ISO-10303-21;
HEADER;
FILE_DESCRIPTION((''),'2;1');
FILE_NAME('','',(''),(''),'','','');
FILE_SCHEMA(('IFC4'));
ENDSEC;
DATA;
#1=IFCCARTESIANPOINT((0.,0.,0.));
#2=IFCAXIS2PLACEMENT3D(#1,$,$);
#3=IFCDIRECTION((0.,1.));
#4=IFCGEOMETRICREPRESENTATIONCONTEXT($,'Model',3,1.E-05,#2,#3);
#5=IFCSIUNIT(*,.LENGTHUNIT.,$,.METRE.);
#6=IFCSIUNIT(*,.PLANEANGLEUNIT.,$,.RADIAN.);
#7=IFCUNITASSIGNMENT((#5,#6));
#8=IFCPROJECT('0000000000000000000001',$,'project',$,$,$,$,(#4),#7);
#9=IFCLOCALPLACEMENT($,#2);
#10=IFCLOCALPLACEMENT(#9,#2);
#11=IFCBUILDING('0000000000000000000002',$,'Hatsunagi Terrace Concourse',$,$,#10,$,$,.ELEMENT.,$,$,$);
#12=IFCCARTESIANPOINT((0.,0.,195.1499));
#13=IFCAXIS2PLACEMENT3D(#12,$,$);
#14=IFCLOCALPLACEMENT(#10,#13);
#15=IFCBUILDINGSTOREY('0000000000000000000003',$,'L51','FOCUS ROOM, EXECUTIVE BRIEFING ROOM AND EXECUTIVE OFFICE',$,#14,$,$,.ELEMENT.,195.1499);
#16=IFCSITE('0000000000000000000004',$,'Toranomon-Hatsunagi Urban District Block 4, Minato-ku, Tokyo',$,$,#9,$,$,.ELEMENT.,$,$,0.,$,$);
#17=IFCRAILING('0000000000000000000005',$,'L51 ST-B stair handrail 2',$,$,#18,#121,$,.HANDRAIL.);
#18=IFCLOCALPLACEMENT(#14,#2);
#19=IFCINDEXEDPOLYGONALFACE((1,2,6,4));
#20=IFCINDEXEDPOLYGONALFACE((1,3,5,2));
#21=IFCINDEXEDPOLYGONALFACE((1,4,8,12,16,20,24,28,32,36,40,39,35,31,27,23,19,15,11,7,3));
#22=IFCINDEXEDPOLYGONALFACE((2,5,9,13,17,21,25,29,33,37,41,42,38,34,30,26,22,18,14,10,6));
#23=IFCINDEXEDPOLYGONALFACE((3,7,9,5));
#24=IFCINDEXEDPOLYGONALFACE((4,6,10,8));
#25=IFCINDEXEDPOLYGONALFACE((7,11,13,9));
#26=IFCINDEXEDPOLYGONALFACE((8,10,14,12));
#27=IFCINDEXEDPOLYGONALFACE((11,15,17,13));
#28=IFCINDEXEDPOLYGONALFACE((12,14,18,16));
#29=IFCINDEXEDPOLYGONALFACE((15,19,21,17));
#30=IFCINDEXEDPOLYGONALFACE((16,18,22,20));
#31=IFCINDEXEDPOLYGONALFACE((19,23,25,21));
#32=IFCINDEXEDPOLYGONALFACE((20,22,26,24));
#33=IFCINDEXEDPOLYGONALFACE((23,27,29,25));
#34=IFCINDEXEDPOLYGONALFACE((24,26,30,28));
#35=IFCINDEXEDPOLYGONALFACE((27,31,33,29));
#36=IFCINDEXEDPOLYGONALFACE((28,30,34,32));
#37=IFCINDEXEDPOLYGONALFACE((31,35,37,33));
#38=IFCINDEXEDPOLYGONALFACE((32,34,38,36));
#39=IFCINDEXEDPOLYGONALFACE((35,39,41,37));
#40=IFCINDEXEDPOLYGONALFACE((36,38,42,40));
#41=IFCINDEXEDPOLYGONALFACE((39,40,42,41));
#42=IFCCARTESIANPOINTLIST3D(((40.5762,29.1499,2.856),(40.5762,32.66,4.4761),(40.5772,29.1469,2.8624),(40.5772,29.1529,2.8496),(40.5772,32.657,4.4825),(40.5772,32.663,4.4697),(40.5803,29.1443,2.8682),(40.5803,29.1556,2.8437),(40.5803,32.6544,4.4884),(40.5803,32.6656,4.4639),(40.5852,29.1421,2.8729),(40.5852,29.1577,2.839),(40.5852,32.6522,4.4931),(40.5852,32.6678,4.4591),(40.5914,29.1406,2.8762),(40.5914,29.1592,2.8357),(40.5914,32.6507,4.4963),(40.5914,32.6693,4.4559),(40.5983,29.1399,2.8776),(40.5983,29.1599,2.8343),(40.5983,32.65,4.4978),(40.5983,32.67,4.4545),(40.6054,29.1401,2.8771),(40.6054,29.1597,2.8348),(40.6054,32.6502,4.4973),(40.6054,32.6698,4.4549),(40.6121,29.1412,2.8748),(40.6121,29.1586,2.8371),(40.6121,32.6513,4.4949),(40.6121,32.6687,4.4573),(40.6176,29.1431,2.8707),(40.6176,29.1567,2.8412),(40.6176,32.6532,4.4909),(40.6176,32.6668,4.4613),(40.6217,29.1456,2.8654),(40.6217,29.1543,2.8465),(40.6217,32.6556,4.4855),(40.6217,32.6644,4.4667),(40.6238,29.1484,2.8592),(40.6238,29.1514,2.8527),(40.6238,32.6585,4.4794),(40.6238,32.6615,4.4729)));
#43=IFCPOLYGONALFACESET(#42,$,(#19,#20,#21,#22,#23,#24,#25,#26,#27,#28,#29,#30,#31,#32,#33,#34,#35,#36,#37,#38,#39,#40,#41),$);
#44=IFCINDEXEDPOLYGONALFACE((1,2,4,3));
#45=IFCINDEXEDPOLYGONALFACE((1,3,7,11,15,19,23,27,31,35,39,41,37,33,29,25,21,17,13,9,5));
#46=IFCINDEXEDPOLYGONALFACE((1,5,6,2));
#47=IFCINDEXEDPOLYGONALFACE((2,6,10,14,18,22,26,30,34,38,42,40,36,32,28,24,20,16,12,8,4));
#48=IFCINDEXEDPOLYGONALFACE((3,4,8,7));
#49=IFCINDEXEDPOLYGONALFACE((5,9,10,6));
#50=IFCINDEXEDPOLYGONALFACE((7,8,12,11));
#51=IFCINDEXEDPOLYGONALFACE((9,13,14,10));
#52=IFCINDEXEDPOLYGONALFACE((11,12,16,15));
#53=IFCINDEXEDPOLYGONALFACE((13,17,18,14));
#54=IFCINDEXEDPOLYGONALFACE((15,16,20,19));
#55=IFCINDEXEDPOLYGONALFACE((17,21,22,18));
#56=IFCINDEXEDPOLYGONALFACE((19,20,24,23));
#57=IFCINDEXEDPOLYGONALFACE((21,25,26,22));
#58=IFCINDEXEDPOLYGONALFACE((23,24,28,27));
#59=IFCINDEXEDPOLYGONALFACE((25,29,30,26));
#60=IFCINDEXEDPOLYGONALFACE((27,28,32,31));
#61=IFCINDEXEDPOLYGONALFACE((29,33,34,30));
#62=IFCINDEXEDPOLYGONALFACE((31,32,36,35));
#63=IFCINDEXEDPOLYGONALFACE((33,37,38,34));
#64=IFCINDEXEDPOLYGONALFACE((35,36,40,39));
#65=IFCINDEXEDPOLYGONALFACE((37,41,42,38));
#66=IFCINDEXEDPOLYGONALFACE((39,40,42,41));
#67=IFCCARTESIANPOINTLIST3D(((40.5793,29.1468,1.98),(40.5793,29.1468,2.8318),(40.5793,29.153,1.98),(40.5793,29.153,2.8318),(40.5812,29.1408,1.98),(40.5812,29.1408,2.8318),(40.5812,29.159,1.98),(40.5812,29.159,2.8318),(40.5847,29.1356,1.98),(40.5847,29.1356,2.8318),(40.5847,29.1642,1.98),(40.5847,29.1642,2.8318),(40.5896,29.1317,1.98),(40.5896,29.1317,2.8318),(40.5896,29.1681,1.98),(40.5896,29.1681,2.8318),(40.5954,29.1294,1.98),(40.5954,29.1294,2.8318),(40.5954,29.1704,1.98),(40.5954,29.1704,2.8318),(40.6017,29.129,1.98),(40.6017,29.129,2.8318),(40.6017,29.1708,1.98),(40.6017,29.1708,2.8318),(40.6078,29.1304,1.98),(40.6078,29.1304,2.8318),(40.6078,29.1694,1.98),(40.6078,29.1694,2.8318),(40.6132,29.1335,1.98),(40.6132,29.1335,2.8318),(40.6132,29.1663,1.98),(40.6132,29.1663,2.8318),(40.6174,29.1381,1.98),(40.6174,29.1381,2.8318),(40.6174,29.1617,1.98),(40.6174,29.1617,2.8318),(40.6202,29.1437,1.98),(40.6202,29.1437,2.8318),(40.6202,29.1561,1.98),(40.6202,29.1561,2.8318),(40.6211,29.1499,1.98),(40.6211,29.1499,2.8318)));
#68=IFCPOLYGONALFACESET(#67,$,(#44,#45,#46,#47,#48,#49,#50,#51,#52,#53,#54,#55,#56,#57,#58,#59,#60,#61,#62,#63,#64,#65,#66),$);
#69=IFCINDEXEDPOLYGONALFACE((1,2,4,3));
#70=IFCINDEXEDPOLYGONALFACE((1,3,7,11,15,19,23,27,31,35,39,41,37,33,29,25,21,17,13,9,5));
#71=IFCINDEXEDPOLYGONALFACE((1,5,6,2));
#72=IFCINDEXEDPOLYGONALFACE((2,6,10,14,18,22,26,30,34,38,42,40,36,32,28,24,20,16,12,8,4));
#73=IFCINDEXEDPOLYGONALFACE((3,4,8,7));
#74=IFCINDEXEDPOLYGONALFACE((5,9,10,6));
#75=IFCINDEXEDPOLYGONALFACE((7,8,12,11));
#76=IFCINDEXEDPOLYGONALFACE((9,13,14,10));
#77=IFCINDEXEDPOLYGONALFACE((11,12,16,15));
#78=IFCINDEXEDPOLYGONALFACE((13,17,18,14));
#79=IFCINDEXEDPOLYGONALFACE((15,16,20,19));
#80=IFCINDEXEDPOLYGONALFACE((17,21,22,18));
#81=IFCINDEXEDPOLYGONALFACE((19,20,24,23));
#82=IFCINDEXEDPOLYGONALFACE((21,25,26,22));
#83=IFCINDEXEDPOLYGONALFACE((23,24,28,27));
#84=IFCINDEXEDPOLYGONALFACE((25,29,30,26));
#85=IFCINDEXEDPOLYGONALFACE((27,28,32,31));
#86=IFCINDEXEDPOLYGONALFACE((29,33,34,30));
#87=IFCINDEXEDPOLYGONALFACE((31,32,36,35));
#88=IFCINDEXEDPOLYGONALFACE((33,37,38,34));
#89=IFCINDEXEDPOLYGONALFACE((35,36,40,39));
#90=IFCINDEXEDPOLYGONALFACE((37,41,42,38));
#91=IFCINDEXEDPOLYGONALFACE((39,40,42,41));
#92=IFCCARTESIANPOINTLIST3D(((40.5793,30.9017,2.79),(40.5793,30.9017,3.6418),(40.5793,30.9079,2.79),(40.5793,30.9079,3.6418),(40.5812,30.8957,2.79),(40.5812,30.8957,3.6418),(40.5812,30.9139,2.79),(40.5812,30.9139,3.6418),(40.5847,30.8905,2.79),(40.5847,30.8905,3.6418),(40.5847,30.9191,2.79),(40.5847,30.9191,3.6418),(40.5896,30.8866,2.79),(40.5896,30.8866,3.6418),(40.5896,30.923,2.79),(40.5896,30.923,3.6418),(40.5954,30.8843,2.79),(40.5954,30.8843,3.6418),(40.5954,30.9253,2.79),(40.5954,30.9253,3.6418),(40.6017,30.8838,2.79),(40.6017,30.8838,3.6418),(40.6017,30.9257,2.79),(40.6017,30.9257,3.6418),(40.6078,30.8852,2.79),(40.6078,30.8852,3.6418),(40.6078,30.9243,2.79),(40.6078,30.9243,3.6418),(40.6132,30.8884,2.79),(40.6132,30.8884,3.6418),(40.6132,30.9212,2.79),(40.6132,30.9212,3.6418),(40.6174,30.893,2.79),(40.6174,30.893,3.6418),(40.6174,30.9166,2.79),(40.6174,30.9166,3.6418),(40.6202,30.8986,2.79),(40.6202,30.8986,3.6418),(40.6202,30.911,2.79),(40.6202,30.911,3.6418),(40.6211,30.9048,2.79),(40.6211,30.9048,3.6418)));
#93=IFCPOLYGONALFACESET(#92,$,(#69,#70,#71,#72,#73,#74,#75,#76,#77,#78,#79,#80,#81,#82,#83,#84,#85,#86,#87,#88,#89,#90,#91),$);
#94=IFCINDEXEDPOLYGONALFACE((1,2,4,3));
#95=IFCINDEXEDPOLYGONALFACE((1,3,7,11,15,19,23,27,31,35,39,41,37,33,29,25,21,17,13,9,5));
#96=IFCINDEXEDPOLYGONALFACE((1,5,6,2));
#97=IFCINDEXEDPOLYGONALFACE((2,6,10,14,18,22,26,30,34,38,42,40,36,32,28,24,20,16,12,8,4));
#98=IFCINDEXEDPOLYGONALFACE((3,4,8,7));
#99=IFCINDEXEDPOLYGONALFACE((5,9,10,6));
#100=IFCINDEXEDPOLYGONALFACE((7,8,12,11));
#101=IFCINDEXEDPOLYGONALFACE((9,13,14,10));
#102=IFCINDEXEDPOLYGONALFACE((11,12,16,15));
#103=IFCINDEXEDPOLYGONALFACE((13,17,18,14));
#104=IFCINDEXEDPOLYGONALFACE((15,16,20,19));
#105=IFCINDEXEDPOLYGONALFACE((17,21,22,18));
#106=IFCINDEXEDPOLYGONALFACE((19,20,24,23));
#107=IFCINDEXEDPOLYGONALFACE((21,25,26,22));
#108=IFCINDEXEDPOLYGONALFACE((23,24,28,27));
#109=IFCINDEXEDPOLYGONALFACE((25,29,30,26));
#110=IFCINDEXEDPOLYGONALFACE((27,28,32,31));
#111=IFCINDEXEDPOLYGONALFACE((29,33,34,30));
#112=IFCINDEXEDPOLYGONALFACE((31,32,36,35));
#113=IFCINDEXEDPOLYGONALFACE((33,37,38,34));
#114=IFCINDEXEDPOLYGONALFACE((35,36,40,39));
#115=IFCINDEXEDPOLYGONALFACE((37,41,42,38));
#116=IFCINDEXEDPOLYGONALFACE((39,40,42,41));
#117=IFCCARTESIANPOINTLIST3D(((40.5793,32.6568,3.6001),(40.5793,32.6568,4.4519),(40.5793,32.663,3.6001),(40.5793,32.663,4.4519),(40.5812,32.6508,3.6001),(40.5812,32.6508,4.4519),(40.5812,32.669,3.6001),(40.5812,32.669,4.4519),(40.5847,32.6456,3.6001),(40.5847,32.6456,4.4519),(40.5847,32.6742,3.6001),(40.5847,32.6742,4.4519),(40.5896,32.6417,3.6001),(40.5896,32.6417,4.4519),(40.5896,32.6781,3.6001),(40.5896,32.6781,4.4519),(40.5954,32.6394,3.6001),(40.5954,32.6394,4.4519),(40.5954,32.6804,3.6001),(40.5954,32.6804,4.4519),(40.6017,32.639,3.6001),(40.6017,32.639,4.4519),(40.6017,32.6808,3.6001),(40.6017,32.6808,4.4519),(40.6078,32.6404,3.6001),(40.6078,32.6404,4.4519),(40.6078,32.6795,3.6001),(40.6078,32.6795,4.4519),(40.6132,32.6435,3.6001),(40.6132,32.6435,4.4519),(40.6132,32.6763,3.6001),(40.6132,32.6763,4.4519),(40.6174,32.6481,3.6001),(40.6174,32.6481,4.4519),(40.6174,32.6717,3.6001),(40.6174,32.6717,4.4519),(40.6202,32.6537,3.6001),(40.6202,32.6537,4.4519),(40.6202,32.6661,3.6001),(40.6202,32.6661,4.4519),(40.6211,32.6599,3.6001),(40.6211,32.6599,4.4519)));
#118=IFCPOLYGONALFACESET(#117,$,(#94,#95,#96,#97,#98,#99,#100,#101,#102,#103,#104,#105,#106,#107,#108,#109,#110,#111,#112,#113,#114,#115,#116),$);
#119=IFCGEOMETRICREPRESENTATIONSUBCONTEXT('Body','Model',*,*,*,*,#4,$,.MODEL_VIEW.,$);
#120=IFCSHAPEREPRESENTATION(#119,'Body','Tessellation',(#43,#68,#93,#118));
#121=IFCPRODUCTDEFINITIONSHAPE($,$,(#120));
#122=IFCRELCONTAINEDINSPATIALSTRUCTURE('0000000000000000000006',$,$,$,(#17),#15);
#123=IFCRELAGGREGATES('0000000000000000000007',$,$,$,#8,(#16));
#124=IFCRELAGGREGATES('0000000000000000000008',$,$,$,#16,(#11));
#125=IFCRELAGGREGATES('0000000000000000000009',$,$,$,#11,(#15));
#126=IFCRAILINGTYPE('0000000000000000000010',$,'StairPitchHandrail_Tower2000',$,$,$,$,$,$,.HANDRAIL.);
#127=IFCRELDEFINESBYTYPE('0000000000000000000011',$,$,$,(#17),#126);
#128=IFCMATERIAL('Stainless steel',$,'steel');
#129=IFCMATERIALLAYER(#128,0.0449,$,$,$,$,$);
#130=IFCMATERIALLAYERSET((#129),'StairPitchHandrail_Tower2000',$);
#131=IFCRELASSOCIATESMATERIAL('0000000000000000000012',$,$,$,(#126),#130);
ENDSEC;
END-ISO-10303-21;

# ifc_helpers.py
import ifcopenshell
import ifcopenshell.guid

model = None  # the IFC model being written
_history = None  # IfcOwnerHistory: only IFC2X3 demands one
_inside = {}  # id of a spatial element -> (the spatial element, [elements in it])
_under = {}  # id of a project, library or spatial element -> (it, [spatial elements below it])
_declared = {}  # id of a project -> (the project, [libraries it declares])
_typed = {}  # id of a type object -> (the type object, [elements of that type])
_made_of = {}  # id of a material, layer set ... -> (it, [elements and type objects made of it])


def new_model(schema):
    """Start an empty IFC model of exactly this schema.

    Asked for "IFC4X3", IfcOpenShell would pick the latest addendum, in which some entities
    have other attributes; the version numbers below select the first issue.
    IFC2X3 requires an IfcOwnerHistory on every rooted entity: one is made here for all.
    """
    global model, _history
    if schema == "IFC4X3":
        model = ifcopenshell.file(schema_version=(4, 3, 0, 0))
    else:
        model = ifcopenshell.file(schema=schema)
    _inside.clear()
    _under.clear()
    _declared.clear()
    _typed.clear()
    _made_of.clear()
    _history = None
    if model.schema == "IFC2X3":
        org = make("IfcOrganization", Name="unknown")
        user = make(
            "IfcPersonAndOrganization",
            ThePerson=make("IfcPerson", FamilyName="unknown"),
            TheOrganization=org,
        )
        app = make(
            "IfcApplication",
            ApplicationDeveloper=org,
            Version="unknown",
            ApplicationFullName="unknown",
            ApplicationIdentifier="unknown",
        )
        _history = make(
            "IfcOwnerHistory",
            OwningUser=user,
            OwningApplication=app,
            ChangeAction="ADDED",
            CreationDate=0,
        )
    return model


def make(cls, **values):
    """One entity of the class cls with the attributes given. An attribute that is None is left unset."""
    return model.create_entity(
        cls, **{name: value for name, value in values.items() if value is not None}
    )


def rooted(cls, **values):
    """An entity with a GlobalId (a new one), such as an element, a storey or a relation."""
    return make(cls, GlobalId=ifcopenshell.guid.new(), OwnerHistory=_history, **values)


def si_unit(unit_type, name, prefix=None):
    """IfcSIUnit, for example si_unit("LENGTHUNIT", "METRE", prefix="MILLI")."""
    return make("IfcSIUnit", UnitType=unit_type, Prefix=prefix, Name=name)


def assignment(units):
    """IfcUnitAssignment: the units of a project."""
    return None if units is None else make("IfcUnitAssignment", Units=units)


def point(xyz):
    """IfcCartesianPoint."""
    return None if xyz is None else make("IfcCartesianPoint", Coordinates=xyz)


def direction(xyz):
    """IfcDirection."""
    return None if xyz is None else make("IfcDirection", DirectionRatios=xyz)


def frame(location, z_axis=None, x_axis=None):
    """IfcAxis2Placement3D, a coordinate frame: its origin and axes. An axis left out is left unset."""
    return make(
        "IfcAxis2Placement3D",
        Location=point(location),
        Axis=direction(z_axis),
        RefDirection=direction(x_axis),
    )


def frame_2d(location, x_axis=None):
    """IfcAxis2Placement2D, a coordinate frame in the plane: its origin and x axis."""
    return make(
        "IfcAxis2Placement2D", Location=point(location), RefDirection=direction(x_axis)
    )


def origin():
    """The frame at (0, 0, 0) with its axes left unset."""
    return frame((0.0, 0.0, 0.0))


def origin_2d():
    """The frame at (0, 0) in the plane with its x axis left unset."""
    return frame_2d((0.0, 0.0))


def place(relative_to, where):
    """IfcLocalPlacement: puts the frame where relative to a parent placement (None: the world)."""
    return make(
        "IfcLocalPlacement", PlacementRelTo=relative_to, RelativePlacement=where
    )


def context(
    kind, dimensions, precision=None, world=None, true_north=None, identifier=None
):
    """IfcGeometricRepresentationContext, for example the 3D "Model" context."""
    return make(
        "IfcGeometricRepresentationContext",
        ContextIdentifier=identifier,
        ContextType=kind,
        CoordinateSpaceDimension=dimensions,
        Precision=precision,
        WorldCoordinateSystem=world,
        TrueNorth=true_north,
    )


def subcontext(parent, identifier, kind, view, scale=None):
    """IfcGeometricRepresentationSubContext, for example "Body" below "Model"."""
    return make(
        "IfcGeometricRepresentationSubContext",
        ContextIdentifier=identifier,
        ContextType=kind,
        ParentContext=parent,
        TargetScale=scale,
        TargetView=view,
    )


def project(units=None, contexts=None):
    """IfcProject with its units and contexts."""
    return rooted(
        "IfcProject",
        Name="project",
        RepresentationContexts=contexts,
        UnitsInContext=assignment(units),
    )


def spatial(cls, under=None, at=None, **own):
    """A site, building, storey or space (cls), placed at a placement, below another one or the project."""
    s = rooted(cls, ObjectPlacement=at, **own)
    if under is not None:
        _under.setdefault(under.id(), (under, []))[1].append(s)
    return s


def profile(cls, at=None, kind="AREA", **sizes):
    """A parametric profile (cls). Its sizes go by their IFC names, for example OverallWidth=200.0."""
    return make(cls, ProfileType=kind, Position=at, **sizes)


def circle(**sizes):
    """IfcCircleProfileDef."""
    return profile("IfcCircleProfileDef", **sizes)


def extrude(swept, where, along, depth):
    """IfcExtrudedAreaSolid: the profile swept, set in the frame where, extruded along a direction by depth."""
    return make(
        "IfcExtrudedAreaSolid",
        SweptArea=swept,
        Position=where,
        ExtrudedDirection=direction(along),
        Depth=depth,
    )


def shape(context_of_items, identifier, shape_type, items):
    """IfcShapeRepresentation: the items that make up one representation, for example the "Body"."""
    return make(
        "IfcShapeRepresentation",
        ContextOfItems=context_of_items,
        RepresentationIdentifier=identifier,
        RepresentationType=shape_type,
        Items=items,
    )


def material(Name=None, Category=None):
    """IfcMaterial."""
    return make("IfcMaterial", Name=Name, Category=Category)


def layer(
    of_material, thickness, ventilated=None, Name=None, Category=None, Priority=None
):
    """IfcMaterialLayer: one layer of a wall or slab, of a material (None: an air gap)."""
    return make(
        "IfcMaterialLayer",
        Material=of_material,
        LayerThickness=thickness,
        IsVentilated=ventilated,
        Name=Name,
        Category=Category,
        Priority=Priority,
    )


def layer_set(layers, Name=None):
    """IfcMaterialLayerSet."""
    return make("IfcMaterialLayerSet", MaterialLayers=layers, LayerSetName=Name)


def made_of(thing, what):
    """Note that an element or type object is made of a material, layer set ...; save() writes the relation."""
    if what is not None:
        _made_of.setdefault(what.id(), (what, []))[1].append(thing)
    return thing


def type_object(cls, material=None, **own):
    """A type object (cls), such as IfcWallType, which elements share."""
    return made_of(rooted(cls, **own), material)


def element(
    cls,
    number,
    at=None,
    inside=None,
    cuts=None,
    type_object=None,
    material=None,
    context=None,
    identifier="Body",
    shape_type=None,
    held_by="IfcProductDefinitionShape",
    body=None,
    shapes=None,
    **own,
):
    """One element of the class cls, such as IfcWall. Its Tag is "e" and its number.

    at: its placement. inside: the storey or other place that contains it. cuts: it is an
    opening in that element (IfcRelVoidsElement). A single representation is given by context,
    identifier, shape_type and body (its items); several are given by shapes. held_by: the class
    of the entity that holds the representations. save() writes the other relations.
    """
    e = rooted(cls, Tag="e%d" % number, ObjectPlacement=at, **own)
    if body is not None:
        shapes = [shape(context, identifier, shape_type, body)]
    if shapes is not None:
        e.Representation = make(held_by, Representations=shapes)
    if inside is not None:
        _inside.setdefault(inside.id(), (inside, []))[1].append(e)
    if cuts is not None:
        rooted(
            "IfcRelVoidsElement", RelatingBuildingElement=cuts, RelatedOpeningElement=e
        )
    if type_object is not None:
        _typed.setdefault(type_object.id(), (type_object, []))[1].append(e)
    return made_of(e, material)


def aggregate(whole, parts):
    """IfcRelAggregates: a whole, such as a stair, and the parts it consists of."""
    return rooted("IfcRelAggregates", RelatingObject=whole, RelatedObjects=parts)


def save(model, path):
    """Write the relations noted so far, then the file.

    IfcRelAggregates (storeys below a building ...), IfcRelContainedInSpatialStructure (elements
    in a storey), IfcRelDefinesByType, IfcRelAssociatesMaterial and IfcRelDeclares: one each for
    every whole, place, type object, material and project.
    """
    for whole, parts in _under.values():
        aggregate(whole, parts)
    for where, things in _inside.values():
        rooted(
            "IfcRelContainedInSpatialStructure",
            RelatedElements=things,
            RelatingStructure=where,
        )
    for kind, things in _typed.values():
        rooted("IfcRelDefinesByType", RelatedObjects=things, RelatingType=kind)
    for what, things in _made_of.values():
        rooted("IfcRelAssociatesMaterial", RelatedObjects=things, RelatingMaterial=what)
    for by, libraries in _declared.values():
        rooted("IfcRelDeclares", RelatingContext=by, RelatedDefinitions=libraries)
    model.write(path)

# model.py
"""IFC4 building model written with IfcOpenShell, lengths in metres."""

from ifc_helpers import new_model, si_unit, direction, frame, origin, origin_2d, place, context, subcontext, project, spatial, circle, extrude, material, layer, layer_set, type_object, element, save


model = new_model("IFC4")

# Units and contexts
model_context = context("Model", 3, precision=1e-05, world=origin(), true_north=direction((0.0, 1.0)))
body_context = subcontext(model_context, "Body", "Model", "MODEL_VIEW")
ifc_project = project(units=[si_unit("LENGTHUNIT", "METRE"), si_unit("PLANEANGLEUNIT", "RADIAN")], contexts=[model_context])

# Site, building, storey
site_placement = place(None, origin())
site = spatial("IfcSite", under=ifc_project, at=site_placement, Name="Toranomon-Hatsunagi Urban District Block 4, Minato-ku, Tokyo", CompositionType="ELEMENT", RefElevation=0.0)
building_placement = place(site_placement, origin())
building = spatial("IfcBuilding", under=site, at=building_placement, Name="Hatsunagi Terrace Concourse", CompositionType="ELEMENT")
storey_placement = place(building_placement, frame((0.0, 0.0, 195.1499)))
storey = spatial("IfcBuildingStorey", under=building, at=storey_placement, Name="L51", Description="FOCUS ROOM, EXECUTIVE BRIEFING ROOM AND EXECUTIVE OFFICE", CompositionType="ELEMENT", Elevation=195.1499)

# Railing
ifc_material_1 = material(Name="Stainless steel", Category="steel")
ifc_layer_1 = layer(ifc_material_1, 0.0449)
ifc_layer_set_1 = layer_set([ifc_layer_1], Name="StairPitchHandrail_Tower2000")
railing_type_1 = type_object("IfcRailingType", Name="StairPitchHandrail_Tower2000", PredefinedType="HANDRAIL", material=ifc_layer_set_1)
railing_1_placement = place(storey_placement, frame((40.6001, 29.1499, 1.98)))
element("IfcRailing", 1, at=railing_1_placement, inside=storey, type_object=railing_type_1, Name="L51 ST-B stair handrail 2", PredefinedType="HANDRAIL", context=body_context, shape_type="SweptSolid", body=[
    extrude(circle(Radius=0.0239, at=origin_2d()), frame((0.0, 0.0, 0.876), z_axis=(0.0, 0.907948, 0.419082), x_axis=(-1.0, 0.0, 0.0)), (0.0, 0.0, 1.0), 3.866),
    extrude(circle(Radius=0.021, at=origin_2d()), origin(), (0.0, 0.0, 1.0), 0.8518),
    extrude(circle(Radius=0.021, at=origin_2d()), frame((0.0, 1.7549, 0.8101)), (0.0, 0.0, 1.0), 0.8518),
    extrude(circle(Radius=0.021, at=origin_2d()), frame((0.0, 3.51, 1.6201)), (0.0, 0.0, 1.0), 0.8518),
])

save(model, "model.ifc")
